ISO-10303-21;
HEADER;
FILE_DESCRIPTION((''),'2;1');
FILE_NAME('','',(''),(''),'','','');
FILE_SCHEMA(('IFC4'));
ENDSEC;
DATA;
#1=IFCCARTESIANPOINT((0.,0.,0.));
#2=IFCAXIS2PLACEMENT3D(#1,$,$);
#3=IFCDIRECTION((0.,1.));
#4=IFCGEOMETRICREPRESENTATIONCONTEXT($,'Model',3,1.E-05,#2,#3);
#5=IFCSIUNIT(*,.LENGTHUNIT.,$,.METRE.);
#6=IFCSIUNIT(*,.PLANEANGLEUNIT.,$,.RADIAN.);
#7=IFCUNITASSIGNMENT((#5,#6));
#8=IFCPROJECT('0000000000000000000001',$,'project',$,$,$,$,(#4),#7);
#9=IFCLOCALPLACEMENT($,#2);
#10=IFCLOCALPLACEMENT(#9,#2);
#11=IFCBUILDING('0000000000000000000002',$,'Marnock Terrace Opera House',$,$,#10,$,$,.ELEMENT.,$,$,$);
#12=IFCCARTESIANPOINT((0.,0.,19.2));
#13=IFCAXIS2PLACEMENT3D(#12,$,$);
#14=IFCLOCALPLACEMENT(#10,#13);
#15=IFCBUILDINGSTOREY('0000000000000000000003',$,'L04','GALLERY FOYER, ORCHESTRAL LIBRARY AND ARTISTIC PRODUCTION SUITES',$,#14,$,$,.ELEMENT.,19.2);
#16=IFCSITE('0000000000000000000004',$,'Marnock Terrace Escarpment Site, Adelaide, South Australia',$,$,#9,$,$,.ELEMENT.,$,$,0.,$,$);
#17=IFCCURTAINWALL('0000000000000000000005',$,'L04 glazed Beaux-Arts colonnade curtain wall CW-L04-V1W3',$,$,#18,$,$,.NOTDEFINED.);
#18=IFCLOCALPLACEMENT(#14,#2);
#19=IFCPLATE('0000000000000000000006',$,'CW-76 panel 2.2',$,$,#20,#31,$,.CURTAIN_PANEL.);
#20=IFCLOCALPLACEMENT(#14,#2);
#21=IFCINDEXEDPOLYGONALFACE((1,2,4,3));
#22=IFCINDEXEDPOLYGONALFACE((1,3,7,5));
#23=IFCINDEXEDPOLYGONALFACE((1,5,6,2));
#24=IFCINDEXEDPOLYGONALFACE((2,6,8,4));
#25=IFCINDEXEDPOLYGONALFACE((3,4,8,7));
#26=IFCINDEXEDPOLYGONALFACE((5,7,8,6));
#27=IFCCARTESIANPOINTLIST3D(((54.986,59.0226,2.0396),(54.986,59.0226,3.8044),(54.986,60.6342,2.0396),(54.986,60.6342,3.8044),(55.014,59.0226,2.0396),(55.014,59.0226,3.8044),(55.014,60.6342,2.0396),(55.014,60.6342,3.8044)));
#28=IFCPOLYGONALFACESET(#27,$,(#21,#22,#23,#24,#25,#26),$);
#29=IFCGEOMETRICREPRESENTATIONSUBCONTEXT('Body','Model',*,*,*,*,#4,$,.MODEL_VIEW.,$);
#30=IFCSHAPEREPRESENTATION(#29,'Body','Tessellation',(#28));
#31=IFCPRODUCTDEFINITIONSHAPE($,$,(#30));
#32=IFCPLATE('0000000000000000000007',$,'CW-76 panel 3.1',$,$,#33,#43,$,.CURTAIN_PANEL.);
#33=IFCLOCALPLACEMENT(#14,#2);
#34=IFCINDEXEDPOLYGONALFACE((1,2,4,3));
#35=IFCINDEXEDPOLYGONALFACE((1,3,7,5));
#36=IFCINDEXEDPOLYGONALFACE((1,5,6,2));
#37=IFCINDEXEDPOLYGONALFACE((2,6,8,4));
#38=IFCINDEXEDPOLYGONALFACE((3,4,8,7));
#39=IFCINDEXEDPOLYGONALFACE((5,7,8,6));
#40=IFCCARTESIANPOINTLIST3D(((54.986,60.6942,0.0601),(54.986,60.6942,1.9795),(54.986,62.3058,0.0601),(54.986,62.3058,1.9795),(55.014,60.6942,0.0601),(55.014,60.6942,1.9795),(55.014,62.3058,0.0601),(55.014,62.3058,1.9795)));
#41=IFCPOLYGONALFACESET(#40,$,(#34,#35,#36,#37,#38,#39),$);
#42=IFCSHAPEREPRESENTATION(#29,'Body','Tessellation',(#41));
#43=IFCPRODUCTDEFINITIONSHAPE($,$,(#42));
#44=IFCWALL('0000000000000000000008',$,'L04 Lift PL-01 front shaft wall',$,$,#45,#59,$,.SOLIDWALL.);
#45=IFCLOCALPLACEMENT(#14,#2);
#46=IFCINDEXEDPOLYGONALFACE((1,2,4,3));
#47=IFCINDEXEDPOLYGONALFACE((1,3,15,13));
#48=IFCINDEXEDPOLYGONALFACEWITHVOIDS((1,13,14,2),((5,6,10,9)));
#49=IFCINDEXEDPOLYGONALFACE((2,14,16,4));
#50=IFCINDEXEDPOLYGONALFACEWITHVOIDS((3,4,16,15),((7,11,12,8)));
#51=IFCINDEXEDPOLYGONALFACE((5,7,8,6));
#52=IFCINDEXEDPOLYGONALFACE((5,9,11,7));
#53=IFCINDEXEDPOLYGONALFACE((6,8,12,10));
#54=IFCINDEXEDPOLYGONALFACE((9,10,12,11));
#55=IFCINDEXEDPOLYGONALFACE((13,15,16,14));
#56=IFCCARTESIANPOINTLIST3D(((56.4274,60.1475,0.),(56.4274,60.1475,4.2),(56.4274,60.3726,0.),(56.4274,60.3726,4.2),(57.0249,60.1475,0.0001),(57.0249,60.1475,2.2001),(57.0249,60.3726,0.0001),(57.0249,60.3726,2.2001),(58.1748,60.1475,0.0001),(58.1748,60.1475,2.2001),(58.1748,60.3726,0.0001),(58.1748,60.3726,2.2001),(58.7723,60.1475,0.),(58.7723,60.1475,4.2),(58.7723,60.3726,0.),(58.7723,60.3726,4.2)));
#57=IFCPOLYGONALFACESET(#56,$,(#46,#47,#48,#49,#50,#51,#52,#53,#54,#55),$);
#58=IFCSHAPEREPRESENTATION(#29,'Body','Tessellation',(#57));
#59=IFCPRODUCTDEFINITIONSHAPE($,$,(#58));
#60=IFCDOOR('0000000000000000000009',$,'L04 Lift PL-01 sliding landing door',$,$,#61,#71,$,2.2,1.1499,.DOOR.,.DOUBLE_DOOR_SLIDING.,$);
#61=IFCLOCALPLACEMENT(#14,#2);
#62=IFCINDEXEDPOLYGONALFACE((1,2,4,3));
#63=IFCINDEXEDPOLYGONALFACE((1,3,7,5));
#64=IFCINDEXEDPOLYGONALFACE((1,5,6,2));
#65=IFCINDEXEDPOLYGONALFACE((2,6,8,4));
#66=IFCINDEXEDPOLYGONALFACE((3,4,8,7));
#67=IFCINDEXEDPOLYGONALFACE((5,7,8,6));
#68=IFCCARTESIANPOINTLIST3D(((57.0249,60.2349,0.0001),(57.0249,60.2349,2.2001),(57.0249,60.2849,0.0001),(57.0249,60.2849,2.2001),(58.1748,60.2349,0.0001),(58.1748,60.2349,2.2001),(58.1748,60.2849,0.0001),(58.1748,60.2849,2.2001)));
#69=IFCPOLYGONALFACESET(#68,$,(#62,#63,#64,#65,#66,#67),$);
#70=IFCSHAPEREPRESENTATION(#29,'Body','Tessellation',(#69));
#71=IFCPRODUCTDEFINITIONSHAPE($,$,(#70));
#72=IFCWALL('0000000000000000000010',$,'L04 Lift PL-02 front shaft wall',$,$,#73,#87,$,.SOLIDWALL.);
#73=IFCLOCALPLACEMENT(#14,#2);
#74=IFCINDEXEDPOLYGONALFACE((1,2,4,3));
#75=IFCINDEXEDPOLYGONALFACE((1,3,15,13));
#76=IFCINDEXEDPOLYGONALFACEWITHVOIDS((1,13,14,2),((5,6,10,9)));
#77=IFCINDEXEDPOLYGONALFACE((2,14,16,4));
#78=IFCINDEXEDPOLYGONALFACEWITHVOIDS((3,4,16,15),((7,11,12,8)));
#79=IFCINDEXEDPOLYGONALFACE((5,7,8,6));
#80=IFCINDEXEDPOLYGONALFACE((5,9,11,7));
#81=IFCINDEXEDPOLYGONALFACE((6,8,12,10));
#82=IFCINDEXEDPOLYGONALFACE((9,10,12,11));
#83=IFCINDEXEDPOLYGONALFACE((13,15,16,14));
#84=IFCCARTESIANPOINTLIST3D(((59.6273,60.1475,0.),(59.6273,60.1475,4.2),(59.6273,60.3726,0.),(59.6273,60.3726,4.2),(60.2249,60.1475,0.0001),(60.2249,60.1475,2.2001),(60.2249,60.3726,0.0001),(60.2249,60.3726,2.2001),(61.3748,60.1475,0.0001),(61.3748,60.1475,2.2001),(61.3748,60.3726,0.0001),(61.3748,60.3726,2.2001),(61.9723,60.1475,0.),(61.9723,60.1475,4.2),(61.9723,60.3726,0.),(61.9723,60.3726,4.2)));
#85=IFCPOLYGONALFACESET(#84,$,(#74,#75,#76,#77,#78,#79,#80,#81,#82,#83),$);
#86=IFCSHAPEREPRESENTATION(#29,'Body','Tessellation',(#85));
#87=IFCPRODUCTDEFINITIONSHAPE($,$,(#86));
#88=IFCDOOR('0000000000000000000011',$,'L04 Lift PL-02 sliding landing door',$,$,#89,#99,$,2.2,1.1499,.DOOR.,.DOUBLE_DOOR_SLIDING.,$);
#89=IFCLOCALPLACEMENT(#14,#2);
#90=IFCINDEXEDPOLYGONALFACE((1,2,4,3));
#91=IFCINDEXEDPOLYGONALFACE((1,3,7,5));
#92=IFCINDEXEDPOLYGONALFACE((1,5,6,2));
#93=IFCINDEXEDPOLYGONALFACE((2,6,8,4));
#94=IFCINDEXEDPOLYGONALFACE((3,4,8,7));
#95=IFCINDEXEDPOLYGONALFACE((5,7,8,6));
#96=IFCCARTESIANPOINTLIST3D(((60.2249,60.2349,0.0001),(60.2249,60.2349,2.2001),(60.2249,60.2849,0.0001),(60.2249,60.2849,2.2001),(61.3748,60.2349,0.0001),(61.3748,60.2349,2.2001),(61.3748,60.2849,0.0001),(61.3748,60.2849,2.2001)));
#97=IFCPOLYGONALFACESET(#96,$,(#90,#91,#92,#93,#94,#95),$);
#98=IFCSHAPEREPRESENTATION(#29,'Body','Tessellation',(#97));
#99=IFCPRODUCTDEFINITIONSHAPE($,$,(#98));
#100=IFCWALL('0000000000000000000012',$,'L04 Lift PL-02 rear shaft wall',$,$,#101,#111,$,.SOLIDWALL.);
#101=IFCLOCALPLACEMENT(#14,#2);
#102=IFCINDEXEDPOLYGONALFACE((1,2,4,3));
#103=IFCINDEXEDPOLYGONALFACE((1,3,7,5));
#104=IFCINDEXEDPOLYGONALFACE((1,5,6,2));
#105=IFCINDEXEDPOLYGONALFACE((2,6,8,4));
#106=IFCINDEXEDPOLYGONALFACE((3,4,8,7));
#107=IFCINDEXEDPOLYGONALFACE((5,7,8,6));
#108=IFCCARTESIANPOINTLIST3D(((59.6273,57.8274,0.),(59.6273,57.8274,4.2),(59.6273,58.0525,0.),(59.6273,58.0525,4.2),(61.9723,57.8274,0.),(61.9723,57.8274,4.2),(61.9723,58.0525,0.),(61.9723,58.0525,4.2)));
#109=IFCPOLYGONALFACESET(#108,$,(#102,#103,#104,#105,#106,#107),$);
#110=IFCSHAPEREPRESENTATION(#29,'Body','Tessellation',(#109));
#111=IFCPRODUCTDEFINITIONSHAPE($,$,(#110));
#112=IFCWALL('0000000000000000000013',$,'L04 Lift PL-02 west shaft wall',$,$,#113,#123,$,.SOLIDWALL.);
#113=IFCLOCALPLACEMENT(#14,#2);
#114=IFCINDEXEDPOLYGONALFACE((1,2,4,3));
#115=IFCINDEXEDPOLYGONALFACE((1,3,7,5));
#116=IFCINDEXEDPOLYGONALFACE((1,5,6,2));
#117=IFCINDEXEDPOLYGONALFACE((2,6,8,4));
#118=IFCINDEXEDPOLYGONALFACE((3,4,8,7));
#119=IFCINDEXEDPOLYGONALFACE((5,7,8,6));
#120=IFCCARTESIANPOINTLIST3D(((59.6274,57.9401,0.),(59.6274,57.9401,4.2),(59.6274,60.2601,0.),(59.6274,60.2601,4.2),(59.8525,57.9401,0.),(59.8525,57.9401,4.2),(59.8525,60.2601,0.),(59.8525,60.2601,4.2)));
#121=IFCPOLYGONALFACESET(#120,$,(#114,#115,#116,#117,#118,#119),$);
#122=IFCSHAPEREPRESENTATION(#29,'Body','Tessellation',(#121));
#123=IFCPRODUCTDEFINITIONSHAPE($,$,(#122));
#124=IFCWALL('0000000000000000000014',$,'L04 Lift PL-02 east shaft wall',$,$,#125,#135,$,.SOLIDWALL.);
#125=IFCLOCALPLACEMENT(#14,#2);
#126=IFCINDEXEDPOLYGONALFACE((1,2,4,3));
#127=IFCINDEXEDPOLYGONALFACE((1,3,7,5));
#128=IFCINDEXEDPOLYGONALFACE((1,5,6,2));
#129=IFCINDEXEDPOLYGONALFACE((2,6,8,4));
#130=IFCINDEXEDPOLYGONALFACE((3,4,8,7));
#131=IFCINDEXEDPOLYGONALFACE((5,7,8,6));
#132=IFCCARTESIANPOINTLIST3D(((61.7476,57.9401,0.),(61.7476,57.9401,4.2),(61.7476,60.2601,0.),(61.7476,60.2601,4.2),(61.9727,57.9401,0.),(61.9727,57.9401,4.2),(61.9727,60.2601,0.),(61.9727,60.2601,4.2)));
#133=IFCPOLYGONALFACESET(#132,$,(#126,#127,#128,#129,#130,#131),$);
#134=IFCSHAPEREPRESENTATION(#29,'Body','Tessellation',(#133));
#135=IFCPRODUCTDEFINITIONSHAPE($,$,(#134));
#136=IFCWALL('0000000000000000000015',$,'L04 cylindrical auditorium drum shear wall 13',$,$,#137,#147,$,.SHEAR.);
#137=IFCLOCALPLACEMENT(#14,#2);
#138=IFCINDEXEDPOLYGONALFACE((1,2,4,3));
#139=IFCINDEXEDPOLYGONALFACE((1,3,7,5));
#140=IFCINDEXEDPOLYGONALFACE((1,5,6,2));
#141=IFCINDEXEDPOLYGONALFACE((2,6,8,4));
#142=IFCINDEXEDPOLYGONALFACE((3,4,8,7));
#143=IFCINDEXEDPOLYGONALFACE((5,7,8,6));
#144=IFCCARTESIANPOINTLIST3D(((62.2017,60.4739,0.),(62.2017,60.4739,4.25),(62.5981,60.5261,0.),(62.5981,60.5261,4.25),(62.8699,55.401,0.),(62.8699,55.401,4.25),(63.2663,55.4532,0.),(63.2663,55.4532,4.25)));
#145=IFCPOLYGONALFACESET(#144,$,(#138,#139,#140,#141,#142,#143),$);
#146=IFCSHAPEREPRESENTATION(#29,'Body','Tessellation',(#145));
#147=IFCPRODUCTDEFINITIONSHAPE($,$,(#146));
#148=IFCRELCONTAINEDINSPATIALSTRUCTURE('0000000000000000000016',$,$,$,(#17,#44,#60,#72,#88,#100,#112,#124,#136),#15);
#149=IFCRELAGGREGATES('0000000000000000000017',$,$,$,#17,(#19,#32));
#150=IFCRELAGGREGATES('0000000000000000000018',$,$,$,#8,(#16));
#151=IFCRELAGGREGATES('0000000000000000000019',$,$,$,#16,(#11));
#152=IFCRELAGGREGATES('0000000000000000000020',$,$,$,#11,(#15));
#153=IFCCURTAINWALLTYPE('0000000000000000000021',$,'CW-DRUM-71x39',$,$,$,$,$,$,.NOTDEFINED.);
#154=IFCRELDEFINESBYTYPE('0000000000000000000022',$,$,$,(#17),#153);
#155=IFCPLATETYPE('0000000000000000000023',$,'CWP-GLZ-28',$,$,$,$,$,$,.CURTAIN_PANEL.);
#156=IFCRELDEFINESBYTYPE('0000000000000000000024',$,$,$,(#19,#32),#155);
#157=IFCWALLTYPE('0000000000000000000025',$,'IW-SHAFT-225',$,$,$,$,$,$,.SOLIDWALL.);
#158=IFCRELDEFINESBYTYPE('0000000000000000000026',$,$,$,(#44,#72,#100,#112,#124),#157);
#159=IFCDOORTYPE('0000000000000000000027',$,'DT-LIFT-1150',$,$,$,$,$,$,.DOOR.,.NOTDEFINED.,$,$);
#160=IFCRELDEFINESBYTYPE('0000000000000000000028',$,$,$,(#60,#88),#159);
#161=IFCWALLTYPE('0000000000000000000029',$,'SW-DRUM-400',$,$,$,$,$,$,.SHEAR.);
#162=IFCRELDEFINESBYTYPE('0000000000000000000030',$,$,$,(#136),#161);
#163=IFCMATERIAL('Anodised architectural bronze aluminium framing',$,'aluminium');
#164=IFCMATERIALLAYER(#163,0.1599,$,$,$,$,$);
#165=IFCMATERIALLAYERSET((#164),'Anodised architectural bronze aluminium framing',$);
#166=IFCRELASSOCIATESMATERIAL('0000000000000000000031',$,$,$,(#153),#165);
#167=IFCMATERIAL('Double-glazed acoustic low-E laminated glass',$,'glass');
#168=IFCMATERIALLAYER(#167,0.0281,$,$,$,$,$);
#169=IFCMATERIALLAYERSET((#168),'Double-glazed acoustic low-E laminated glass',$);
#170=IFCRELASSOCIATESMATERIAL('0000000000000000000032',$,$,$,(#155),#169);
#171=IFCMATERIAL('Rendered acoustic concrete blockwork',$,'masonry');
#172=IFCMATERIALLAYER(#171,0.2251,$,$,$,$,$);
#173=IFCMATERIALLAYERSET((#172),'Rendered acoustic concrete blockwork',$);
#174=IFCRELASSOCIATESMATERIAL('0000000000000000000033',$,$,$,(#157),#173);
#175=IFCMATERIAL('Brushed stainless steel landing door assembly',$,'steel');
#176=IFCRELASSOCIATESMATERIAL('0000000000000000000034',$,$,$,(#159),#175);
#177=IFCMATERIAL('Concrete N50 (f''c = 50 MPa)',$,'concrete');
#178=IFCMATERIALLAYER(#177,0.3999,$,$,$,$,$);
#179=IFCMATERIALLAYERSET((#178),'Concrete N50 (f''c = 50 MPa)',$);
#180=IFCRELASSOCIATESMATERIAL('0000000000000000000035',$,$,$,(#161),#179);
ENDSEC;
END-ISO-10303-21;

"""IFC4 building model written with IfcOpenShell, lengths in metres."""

from ifc_helpers import new_model, si_unit, direction, frame, frame_2d, origin, origin_2d, place, context, subcontext, project, spatial, rectangle, extrude, material, layer, layer_set, type_object, element, fill, aggregate, save


model = new_model("IFC4")

# Units and contexts
model_context = context("Model", 3, precision=1e-05, world=origin(), true_north=direction((0.0, 1.0)))
body_context = subcontext(model_context, "Body", "Model", "MODEL_VIEW")
ifc_project = project(units=[si_unit("LENGTHUNIT", "METRE"), si_unit("PLANEANGLEUNIT", "RADIAN")], contexts=[model_context])

# Site, building, storey
site_placement = place(None, origin())
site = spatial("IfcSite", under=ifc_project, at=site_placement, Name="Marnock Terrace Escarpment Site, Adelaide, South Australia", CompositionType="ELEMENT", RefElevation=0.0)
building_placement = place(site_placement, origin())
building = spatial("IfcBuilding", under=site, at=building_placement, Name="Marnock Terrace Opera House", CompositionType="ELEMENT")
storey_placement = place(building_placement, frame((0.0, 0.0, 19.2)))
storey = spatial("IfcBuildingStorey", under=building, at=storey_placement, Name="L04", Description="GALLERY FOYER, ORCHESTRAL LIBRARY AND ARTISTIC PRODUCTION SUITES", CompositionType="ELEMENT", Elevation=19.2)

# Shared definitions
ifc_material_1 = material(Name="Concrete N50 (f'c = 50 MPa)", Category="concrete")

# Curtain wall, plates
ifc_material_2 = material(Name="Anodised architectural bronze aluminium framing", Category="aluminium")
ifc_layer_1 = layer(ifc_material_2, 0.1599)
ifc_layer_set_1 = layer_set([ifc_layer_1], Name="Anodised architectural bronze aluminium framing")
curtain_wall_type = type_object("IfcCurtainWallType", Name="CW-DRUM-71x39", PredefinedType="NOTDEFINED", material=ifc_layer_set_1)
curtain_wall_placement = place(storey_placement, origin())
curtain_wall = element("IfcCurtainWall", 1, at=curtain_wall_placement, inside=storey, type_object=curtain_wall_type, Name="L04 glazed Beaux-Arts colonnade curtain wall CW-L04-V1W3", PredefinedType="NOTDEFINED")
ifc_material_3 = material(Name="Double-glazed acoustic low-E laminated glass", Category="glass")
ifc_layer_2 = layer(ifc_material_3, 0.0281)
ifc_layer_set_2 = layer_set([ifc_layer_2], Name="Double-glazed acoustic low-E laminated glass")
plate_type = type_object("IfcPlateType", Name="CWP-GLZ-28", PredefinedType="CURTAIN_PANEL", material=ifc_layer_set_2)
plate_1_placement = place(storey_placement, frame((55.0, 59.8284, 2.0396), z_axis=(0.0, 0.0, 1.0), x_axis=(0.0, 1.0, 0.0)))
plate_1 = element("IfcPlate", 2, at=plate_1_placement, type_object=plate_type, Name="CW-76 panel 2.2", PredefinedType="CURTAIN_PANEL", context=body_context, shape_type="SweptSolid", body=[
    extrude(rectangle(XDim=1.6116, YDim=0.0281, at=origin_2d()), origin(), (0.0, 0.0, 1.0), 1.7649),
])
plate_2_placement = place(storey_placement, frame((55.0, 61.5, 0.0601), z_axis=(0.0, 0.0, 1.0), x_axis=(0.0, 1.0, 0.0)))
plate_2 = element("IfcPlate", 3, at=plate_2_placement, type_object=plate_type, Name="CW-76 panel 3.1", PredefinedType="CURTAIN_PANEL", context=body_context, shape_type="SweptSolid", body=[
    extrude(rectangle(XDim=1.6116, YDim=0.0281, at=origin_2d()), origin(), (0.0, 0.0, 1.0), 1.9194),
])
aggregate(curtain_wall, [plate_1, plate_2])

# Walls, openings, doors
ifc_material_4 = material(Name="Rendered acoustic concrete blockwork", Category="masonry")
ifc_layer_3 = layer(ifc_material_4, 0.2251)
ifc_layer_set_3 = layer_set([ifc_layer_3], Name="Rendered acoustic concrete blockwork")
wall_type_1 = type_object("IfcWallType", Name="IW-SHAFT-225", PredefinedType="SOLIDWALL", material=ifc_layer_set_3)
wall_1_placement = place(storey_placement, frame((56.4275, 60.26, 0.0), z_axis=(0.0, 0.0, 1.0), x_axis=(1.0, 0.0, 0.0)))
wall_1 = element("IfcWall", 4, at=wall_1_placement, inside=storey, type_object=wall_type_1, Name="L04 Lift PL-01 front shaft wall", PredefinedType="SOLIDWALL", context=body_context, shape_type="SweptSolid", body=[
    extrude(rectangle(XDim=2.345, YDim=0.2251, at=frame_2d((1.1724, 0.0))), origin(), (0.0, 0.0, 1.0), 4.2),
])
opening_1_placement = place(wall_1_placement, frame((0.5974, 0.0, 0.0)))
opening_1 = element("IfcOpeningElement", 5, at=opening_1_placement, cuts=wall_1, PredefinedType="OPENING", context=body_context, shape_type="SweptSolid", body=[
    extrude(rectangle(XDim=1.1499, YDim=2.2, at=frame_2d((0.575, 1.1001))), frame((0.0, 0.1226, 0.0), z_axis=(0.0, -1.0, 0.0), x_axis=(1.0, 0.0, 0.0)), (0.0, 0.0, 1.0), 0.2451),
])
ifc_material_5 = material(Name="Brushed stainless steel landing door assembly", Category="steel")
door_type = type_object("IfcDoorType", Name="DT-LIFT-1150", OperationType="NOTDEFINED", PredefinedType="DOOR", material=ifc_material_5)
door_1_placement = place(opening_1_placement, origin())
door_1 = element("IfcDoor", 6, at=door_1_placement, inside=storey, type_object=door_type, Name="L04 Lift PL-01 sliding landing door", OperationType="DOUBLE_DOOR_SLIDING", OverallHeight=2.2, OverallWidth=1.1499, PredefinedType="DOOR", context=body_context, shape_type="SweptSolid", body=[
    extrude(rectangle(XDim=1.1499, YDim=2.2, at=frame_2d((0.575, 1.1001))), frame((0.0, 0.0249, 0.0), z_axis=(0.0, -1.0, 0.0), x_axis=(1.0, 0.0, 0.0)), (0.0, 0.0, 1.0), 0.05),
])
fill(opening_1, door_1)
wall_2_placement = place(storey_placement, frame((59.6274, 60.26, 0.0), z_axis=(0.0, 0.0, 1.0), x_axis=(1.0, 0.0, 0.0)))
wall_2 = element("IfcWall", 7, at=wall_2_placement, inside=storey, type_object=wall_type_1, Name="L04 Lift PL-02 front shaft wall", PredefinedType="SOLIDWALL", context=body_context, shape_type="SweptSolid", body=[
    extrude(rectangle(XDim=2.345, YDim=0.2251, at=frame_2d((1.1724, 0.0))), origin(), (0.0, 0.0, 1.0), 4.2),
])
opening_2_placement = place(wall_2_placement, frame((0.5974, 0.0, 0.0)))
opening_2 = element("IfcOpeningElement", 8, at=opening_2_placement, cuts=wall_2, PredefinedType="OPENING", context=body_context, shape_type="SweptSolid", body=[
    extrude(rectangle(XDim=1.1499, YDim=2.2, at=frame_2d((0.575, 1.1001))), frame((0.0, 0.1226, 0.0), z_axis=(0.0, -1.0, 0.0), x_axis=(1.0, 0.0, 0.0)), (0.0, 0.0, 1.0), 0.2451),
])
door_2_placement = place(opening_2_placement, origin())
door_2 = element("IfcDoor", 9, at=door_2_placement, inside=storey, type_object=door_type, Name="L04 Lift PL-02 sliding landing door", OperationType="DOUBLE_DOOR_SLIDING", OverallHeight=2.2, OverallWidth=1.1499, PredefinedType="DOOR", context=body_context, shape_type="SweptSolid", body=[
    extrude(rectangle(XDim=1.1499, YDim=2.2, at=frame_2d((0.575, 1.1001))), frame((0.0, 0.0249, 0.0), z_axis=(0.0, -1.0, 0.0), x_axis=(1.0, 0.0, 0.0)), (0.0, 0.0, 1.0), 0.05),
])
fill(opening_2, door_2)

# Walls
wall_3_placement = place(storey_placement, frame((59.6274, 57.9399, 0.0), z_axis=(0.0, 0.0, 1.0), x_axis=(1.0, 0.0, 0.0)))
element("IfcWall", 10, at=wall_3_placement, inside=storey, type_object=wall_type_1, Name="L04 Lift PL-02 rear shaft wall", PredefinedType="SOLIDWALL", context=body_context, shape_type="SweptSolid", body=[
    extrude(rectangle(XDim=2.345, YDim=0.2251, at=frame_2d((1.1724, 0.0))), origin(), (0.0, 0.0, 1.0), 4.2),
])
for number, where, z_axis, x_axis, name in (
    (11, (59.74, 57.9399, 0.0), (0.0, 0.0, 1.0), (0.0, 1.0, 0.0), "L04 Lift PL-02 west shaft wall"),
    (12, (61.8601, 57.9399, 0.0), (0.0, 0.0, 1.0), (0.0, 1.0, 0.0), "L04 Lift PL-02 east shaft wall"),
):
    element("IfcWall", number, at=place(storey_placement, frame(where, z_axis=z_axis, x_axis=x_axis)), inside=storey, type_object=wall_type_1, Name=name, PredefinedType="SOLIDWALL", context=body_context, shape_type="SweptSolid", body=[
        extrude(rectangle(XDim=2.3201, YDim=0.2251, at=frame_2d((1.1602, 0.0))), origin(), (0.0, 0.0, 1.0), 4.2),
    ])
ifc_layer_4 = layer(ifc_material_1, 0.3999)
ifc_layer_set_4 = layer_set([ifc_layer_4], Name="Concrete N50 (f'c = 50 MPa)")
wall_type_2 = type_object("IfcWallType", Name="SW-DRUM-400", PredefinedType="SHEAR", material=ifc_layer_set_4)
wall_4_placement = place(storey_placement, frame((62.3999, 60.5, 0.0), z_axis=(0.0, 0.0, 1.0), x_axis=(0.130592, -0.991436, 0.0)))
element("IfcWall", 13, at=wall_4_placement, inside=storey, type_object=wall_type_2, Name="L04 cylindrical auditorium drum shear wall 13", PredefinedType="SHEAR", context=body_context, shape_type="SweptSolid", body=[
    extrude(rectangle(XDim=5.1167, YDim=0.3999, at=frame_2d((2.5583, 0.0))), origin(), (0.0, 0.0, 1.0), 4.25),
])

save(model, "model.ifc")
